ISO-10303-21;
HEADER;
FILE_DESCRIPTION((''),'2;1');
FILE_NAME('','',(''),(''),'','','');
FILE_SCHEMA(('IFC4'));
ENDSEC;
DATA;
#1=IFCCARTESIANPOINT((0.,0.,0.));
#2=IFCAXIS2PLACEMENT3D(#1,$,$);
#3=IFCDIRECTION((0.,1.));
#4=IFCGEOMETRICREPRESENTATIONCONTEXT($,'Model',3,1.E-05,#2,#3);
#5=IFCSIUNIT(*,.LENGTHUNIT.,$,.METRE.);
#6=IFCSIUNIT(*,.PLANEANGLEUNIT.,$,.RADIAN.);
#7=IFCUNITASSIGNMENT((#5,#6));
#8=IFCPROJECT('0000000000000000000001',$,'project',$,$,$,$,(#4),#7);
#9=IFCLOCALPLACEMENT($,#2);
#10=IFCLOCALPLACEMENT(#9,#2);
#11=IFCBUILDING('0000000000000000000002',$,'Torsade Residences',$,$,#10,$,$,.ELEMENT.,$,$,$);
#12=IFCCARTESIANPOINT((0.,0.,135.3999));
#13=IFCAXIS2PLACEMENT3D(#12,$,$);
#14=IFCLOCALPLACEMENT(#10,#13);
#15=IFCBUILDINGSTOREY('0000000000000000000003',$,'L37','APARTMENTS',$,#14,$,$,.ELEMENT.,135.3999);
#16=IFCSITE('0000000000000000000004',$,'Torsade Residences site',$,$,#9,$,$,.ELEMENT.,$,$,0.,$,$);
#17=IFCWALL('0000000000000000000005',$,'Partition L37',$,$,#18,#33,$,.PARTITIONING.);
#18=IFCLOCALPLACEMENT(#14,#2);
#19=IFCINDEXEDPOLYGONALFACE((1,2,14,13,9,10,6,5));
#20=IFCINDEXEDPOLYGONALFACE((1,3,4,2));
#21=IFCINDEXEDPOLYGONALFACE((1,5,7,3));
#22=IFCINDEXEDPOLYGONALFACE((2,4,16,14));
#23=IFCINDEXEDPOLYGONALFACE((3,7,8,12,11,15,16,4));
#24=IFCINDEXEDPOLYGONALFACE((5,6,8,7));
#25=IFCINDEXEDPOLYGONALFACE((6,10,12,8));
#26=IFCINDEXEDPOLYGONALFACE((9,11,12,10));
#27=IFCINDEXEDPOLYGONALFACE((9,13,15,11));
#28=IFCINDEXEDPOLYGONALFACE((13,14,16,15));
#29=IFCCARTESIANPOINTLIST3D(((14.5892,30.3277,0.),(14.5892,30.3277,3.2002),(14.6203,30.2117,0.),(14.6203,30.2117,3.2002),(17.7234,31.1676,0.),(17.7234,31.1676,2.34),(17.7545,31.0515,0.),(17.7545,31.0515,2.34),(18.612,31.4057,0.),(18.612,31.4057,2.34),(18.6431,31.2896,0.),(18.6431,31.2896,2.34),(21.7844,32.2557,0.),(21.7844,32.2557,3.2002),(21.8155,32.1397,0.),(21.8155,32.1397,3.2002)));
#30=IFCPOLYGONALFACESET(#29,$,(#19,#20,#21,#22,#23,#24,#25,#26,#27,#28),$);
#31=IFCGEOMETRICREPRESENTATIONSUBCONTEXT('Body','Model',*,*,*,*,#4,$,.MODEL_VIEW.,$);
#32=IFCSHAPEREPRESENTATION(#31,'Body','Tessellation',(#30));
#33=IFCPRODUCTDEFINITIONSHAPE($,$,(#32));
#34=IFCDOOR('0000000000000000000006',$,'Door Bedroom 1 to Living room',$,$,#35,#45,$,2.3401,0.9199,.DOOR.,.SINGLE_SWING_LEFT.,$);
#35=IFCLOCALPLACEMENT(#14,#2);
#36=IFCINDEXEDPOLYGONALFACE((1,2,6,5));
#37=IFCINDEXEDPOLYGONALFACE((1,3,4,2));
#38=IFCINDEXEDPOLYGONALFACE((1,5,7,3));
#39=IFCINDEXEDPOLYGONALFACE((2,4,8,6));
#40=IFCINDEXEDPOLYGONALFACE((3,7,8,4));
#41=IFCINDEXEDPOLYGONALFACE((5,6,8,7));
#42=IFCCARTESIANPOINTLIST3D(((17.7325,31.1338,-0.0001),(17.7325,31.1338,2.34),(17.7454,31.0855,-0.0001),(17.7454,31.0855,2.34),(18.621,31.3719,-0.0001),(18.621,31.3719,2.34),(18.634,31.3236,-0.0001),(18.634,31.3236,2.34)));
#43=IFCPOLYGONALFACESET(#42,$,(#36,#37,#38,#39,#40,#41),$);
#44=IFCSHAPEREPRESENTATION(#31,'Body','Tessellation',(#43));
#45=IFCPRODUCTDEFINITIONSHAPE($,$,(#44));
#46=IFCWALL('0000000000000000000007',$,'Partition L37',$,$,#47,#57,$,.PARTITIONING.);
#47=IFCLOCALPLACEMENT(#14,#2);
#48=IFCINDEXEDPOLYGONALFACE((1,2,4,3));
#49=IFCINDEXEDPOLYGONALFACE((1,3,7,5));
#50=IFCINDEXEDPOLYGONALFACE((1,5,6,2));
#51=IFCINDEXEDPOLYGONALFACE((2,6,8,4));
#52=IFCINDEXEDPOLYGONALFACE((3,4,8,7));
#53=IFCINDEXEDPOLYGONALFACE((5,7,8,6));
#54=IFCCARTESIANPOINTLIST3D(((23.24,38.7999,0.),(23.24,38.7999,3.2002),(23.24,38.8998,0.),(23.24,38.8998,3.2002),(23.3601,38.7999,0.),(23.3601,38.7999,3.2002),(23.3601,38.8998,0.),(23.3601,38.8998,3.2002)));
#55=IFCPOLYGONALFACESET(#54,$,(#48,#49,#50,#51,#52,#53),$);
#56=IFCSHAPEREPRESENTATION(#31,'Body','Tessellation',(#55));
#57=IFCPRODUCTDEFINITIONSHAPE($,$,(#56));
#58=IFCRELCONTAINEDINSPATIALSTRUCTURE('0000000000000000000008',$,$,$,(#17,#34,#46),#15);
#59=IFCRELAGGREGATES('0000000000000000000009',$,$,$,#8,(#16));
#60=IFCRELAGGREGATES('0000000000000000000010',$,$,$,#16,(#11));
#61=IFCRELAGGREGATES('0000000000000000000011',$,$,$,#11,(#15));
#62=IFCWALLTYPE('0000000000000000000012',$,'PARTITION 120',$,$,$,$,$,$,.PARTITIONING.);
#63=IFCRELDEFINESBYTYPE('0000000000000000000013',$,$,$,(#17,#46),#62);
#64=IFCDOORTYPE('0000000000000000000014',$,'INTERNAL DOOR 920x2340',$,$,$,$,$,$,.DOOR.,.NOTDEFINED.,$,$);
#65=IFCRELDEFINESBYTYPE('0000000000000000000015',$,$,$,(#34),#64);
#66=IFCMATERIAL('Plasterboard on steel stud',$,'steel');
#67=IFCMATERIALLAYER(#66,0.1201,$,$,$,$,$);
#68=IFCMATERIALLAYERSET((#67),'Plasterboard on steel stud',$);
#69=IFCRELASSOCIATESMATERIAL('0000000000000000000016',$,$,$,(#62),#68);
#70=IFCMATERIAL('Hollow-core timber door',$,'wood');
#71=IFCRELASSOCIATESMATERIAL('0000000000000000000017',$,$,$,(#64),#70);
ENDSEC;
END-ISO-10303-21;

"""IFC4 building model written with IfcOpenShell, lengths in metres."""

from ifc_helpers import new_model, si_unit, direction, frame, frame_2d, origin, place, context, subcontext, project, spatial, rectangle, extrude, material, layer, layer_set, type_object, element, fill, save


model = new_model("IFC4")

# Units and contexts
model_context = context("Model", 3, precision=1e-05, world=origin(), true_north=direction((0.0, 1.0)))
body_context = subcontext(model_context, "Body", "Model", "MODEL_VIEW")
ifc_project = project(units=[si_unit("LENGTHUNIT", "METRE"), si_unit("PLANEANGLEUNIT", "RADIAN")], contexts=[model_context])

# Site, building, storey
site_placement = place(None, origin())
site = spatial("IfcSite", under=ifc_project, at=site_placement, Name="Torsade Residences site", CompositionType="ELEMENT", RefElevation=0.0)
building_placement = place(site_placement, origin())
building = spatial("IfcBuilding", under=site, at=building_placement, Name="Torsade Residences", CompositionType="ELEMENT")
storey_placement = place(building_placement, frame((0.0, 0.0, 135.3999)))
storey = spatial("IfcBuildingStorey", under=building, at=storey_placement, Name="L37", Description="APARTMENTS", CompositionType="ELEMENT", Elevation=135.3999)

# Shared definitions
ifc_material_1 = material(Name="Plasterboard on steel stud", Category="steel")
ifc_layer_1 = layer(ifc_material_1, 0.1201)
ifc_layer_set_1 = layer_set([ifc_layer_1], Name="Plasterboard on steel stud")
wall_type = type_object("IfcWallType", Name="PARTITION 120", PredefinedType="PARTITIONING", material=ifc_layer_set_1)

# Shared definitions
ifc_material_2 = material(Name="Hollow-core timber door", Category="wood")
door_type_1 = type_object("IfcDoorType", Name="INTERNAL DOOR 920x2340", OperationType="NOTDEFINED", PredefinedType="DOOR", material=ifc_material_2)

# Wall, opening, door
wall_1_placement = place(storey_placement, frame((21.8, 32.1978, 0.0), z_axis=(0.0, 0.0, 1.0), x_axis=(-0.965924, -0.258827, 0.0)))
wall_1 = element("IfcWall", 1, at=wall_1_placement, inside=storey, type_object=wall_type, Name="Partition L37", PredefinedType="PARTITIONING", context=body_context, shape_type="SweptSolid", body=[
    extrude(rectangle(XDim=7.449, YDim=0.1201, at=frame_2d((3.7246, 0.0))), origin(), (0.0, 0.0, 1.0), 3.2002),
])
opening_1_placement = place(wall_1_placement, frame((3.2844, 0.0, 0.0)))
opening_1 = element("IfcOpeningElement", 2, at=opening_1_placement, cuts=wall_1, PredefinedType="OPENING", context=body_context, shape_type="SweptSolid", body=[
    extrude(rectangle(XDim=0.9199, YDim=2.3401, at=frame_2d((0.46, 1.1699))), frame((0.0, 0.0701, 0.0), z_axis=(0.0, -1.0, 0.0), x_axis=(1.0, 0.0, 0.0)), (0.0, 0.0, 1.0), 0.1401),
])
door_1_placement = place(opening_1_placement, origin())
door_1 = element("IfcDoor", 3, at=door_1_placement, inside=storey, type_object=door_type_1, Name="Door Bedroom 1 to Living room", OperationType="SINGLE_SWING_LEFT", OverallHeight=2.3401, OverallWidth=0.9199, PredefinedType="DOOR", context=body_context, shape_type="SweptSolid", body=[
    extrude(rectangle(XDim=0.9199, YDim=2.3401, at=frame_2d((0.46, 1.1699))), frame((0.0, 0.0249, 0.0), z_axis=(0.0, -1.0, 0.0), x_axis=(1.0, 0.0, 0.0)), (0.0, 0.0, 1.0), 0.05),
])
fill(opening_1, door_1)

# Wall
wall_2_placement = place(storey_placement, frame((23.3, 38.8, 0.0), z_axis=(0.0, 0.0, 1.0), x_axis=(0.0, 1.0, 0.0)))
element("IfcWall", 4, at=wall_2_placement, inside=storey, type_object=wall_type, Name="Partition L37", PredefinedType="PARTITIONING", context=body_context, shape_type="SweptSolid", body=[
    extrude(rectangle(XDim=0.0999, YDim=0.1201, at=frame_2d((0.0498, 0.0))), origin(), (0.0, 0.0, 1.0), 3.2002),
])

save(model, "model.ifc")
